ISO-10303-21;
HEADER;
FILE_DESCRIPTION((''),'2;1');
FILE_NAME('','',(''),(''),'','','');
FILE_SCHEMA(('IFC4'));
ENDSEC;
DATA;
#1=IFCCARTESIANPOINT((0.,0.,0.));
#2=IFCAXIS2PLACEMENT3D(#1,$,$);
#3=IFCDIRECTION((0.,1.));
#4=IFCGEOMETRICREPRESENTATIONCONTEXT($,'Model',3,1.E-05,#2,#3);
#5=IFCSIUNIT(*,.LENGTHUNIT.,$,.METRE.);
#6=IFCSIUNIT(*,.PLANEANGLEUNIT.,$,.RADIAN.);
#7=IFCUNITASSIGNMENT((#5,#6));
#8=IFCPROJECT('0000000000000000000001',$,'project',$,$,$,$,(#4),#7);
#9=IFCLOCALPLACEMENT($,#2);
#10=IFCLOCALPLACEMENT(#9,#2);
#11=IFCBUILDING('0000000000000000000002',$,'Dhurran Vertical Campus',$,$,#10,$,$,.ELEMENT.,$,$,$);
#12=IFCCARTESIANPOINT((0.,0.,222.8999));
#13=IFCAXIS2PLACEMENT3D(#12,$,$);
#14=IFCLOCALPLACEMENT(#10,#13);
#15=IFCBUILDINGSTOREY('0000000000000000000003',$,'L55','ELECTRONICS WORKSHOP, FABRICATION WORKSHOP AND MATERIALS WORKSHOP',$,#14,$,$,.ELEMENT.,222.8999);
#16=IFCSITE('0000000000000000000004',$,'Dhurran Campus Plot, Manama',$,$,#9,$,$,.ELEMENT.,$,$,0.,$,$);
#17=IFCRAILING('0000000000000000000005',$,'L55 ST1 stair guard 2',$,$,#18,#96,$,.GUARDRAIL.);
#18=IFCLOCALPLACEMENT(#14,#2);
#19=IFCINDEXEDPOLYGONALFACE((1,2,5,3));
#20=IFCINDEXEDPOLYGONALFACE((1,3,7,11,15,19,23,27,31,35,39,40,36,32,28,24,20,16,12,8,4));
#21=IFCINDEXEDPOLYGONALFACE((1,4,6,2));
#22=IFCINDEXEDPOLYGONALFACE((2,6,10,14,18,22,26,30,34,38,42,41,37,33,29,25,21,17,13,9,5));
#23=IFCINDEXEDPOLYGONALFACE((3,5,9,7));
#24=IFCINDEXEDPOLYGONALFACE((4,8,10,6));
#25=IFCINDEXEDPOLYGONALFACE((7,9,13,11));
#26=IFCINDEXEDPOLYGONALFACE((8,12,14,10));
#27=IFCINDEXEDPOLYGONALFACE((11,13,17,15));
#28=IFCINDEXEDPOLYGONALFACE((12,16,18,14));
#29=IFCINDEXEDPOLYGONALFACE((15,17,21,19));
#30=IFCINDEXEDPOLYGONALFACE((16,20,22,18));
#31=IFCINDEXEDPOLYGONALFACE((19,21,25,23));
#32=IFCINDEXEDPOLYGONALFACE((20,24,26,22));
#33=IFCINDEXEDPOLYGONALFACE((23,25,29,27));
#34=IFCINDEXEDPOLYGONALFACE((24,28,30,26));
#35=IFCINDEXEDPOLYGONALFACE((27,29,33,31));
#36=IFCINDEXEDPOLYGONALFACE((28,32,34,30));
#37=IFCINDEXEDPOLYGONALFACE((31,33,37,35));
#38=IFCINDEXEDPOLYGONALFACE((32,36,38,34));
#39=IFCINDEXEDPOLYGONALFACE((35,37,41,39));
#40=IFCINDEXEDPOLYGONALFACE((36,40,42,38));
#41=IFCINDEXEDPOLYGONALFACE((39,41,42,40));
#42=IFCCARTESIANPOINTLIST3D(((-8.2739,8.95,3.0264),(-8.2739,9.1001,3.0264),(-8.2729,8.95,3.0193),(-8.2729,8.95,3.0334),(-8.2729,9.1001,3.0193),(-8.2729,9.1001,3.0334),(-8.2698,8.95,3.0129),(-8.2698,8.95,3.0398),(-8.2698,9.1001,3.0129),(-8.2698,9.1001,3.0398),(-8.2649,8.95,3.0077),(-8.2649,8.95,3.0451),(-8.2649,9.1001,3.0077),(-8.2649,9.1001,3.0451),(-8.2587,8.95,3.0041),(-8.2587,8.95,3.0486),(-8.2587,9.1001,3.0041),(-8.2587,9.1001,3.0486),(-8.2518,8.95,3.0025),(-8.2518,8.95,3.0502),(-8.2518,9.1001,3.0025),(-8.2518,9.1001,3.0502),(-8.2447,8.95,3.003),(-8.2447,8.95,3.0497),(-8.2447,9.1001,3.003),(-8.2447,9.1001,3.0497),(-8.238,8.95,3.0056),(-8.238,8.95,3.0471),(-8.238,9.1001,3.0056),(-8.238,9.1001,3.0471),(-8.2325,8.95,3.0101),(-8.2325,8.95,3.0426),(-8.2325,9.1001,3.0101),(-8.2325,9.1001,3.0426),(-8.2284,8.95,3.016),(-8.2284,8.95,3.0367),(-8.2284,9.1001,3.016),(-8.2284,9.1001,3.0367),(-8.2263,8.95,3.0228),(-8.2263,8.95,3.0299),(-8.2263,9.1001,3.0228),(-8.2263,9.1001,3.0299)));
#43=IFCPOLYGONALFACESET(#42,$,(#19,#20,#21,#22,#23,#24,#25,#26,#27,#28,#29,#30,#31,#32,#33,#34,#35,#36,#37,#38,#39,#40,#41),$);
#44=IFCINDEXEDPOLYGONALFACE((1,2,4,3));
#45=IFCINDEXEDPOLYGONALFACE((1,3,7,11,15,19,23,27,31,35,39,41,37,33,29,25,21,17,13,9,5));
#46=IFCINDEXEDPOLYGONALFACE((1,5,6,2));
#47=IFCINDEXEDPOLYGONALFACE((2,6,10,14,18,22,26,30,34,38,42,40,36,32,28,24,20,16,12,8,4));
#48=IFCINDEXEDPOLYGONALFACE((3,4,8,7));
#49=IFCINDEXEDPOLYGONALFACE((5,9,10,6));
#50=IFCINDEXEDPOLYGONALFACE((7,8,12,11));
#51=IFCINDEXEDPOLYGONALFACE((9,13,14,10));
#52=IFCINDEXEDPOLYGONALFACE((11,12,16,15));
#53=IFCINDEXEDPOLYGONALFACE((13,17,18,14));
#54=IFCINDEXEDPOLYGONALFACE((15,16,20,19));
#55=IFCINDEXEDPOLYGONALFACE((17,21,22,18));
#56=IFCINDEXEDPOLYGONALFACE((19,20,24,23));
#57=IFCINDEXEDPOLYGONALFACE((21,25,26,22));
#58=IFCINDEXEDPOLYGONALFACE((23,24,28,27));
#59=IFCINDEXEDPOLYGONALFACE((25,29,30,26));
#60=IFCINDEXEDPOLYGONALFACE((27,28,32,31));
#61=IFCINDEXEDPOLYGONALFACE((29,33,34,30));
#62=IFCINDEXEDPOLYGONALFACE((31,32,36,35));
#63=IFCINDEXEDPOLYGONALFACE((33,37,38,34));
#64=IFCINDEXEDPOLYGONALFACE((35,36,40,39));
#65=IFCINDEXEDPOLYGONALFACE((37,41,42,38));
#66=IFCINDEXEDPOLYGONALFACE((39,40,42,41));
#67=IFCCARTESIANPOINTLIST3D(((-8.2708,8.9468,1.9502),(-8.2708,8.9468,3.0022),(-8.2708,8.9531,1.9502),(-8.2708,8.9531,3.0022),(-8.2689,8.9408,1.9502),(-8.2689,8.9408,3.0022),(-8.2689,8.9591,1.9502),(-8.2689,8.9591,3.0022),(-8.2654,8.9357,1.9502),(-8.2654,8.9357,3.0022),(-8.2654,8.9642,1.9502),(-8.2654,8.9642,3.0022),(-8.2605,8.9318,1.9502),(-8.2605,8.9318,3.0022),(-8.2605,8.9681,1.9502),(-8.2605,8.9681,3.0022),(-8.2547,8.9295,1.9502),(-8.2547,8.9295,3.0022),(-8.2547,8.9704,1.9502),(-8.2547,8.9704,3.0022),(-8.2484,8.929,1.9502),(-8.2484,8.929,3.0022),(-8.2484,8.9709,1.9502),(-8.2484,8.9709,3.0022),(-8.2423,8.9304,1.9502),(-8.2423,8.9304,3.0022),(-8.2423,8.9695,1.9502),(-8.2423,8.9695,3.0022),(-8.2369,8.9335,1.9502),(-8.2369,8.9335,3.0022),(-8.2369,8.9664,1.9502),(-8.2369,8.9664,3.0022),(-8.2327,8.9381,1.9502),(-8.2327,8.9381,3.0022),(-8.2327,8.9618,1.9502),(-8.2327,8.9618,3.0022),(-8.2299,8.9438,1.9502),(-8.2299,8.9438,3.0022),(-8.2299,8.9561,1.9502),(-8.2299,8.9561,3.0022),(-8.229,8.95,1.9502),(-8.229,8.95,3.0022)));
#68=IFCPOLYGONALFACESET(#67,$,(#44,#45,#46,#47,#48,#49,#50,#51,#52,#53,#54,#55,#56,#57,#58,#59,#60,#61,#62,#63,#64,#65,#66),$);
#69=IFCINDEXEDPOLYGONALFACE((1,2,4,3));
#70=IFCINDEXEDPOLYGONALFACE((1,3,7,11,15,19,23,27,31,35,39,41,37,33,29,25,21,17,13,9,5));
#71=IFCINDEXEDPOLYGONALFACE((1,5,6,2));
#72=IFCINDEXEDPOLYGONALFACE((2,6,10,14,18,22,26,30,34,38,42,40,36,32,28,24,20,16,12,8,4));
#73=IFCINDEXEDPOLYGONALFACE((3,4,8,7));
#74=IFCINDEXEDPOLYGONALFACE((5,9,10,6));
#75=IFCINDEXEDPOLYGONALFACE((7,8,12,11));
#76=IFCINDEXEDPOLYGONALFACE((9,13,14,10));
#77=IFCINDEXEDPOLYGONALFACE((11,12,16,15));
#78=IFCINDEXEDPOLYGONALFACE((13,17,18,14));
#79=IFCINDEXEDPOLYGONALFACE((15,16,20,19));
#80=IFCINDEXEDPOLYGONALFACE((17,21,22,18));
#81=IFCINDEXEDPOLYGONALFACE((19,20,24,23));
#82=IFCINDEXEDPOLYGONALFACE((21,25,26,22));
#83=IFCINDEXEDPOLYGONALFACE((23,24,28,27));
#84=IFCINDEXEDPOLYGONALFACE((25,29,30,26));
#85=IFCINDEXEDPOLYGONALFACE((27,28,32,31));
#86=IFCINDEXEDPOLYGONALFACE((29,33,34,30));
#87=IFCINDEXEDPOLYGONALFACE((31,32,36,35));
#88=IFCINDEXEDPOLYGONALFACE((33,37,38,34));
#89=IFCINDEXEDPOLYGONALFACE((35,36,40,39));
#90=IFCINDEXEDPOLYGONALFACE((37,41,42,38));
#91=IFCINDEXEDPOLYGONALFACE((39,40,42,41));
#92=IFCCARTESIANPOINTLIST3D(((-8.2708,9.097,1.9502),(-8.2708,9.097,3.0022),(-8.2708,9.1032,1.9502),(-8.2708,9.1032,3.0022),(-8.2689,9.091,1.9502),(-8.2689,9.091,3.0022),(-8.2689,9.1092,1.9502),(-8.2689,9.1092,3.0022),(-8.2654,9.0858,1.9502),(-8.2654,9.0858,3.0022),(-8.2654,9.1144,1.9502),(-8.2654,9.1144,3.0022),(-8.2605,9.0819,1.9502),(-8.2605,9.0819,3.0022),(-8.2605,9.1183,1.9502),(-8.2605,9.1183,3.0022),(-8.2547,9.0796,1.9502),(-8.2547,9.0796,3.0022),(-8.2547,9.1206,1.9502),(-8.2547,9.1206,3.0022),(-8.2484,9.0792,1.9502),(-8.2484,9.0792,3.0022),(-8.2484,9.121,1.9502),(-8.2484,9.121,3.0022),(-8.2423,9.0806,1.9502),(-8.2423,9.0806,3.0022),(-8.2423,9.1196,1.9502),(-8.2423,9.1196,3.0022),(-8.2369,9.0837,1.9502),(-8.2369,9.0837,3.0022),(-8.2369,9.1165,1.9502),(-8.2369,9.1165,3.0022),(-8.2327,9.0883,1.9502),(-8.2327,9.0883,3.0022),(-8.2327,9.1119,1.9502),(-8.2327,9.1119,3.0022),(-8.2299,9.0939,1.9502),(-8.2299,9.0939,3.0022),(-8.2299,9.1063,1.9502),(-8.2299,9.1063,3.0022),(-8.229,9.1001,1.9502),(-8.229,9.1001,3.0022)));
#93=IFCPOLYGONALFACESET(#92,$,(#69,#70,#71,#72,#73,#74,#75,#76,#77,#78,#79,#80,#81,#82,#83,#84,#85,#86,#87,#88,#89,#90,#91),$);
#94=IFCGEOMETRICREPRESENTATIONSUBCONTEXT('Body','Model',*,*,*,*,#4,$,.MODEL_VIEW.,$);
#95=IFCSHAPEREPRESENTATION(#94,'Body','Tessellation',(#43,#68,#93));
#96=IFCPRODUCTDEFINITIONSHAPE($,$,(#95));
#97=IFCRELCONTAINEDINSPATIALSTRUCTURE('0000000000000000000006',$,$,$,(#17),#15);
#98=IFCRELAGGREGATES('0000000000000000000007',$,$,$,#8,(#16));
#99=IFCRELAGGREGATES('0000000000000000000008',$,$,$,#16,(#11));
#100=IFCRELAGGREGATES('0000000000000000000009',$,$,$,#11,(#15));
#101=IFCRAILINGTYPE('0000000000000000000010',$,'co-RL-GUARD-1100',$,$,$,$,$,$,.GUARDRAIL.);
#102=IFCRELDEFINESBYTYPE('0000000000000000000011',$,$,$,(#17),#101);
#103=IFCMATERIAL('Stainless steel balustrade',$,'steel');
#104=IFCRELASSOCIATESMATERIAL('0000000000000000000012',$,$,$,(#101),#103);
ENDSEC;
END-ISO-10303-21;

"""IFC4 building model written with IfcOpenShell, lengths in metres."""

from ifc_helpers import new_model, si_unit, direction, frame, origin, origin_2d, place, context, subcontext, project, spatial, circle, extrude, material, type_object, element, save


model = new_model("IFC4")

# Units and contexts
model_context = context("Model", 3, precision=1e-05, world=origin(), true_north=direction((0.0, 1.0)))
body_context = subcontext(model_context, "Body", "Model", "MODEL_VIEW")
ifc_project = project(units=[si_unit("LENGTHUNIT", "METRE"), si_unit("PLANEANGLEUNIT", "RADIAN")], contexts=[model_context])

# Site, building, storey
site_placement = place(None, origin())
site = spatial("IfcSite", under=ifc_project, at=site_placement, Name="Dhurran Campus Plot, Manama", CompositionType="ELEMENT", RefElevation=0.0)
building_placement = place(site_placement, origin())
building = spatial("IfcBuilding", under=site, at=building_placement, Name="Dhurran Vertical Campus", CompositionType="ELEMENT")
storey_placement = place(building_placement, frame((0.0, 0.0, 222.8999)))
storey = spatial("IfcBuildingStorey", under=building, at=storey_placement, Name="L55", Description="ELECTRONICS WORKSHOP, FABRICATION WORKSHOP AND MATERIALS WORKSHOP", CompositionType="ELEMENT", Elevation=222.8999)

# Railing
ifc_material_1 = material(Name="Stainless steel balustrade", Category="steel")
railing_type_1 = type_object("IfcRailingType", Name="co-RL-GUARD-1100", PredefinedType="GUARDRAIL", material=ifc_material_1)
railing_1_placement = place(storey_placement, frame((-8.25, 8.95, 1.9502)))
element("IfcRailing", 1, at=railing_1_placement, inside=storey, type_object=railing_type_1, Name="L55 ST1 stair guard 2", PredefinedType="GUARDRAIL", context=body_context, shape_type="SweptSolid", body=[
    extrude(circle(Radius=0.0239, at=origin_2d()), frame((0.0, 0.0, 1.0762), z_axis=(0.0, 1.0, 0.0), x_axis=(-1.0, 0.0, 0.0)), (0.0, 0.0, 1.0), 0.1501),
    extrude(circle(Radius=0.021, at=origin_2d()), origin(), (0.0, 0.0, 1.0), 1.052),
    extrude(circle(Radius=0.021, at=origin_2d()), frame((0.0, 0.1501, 0.0)), (0.0, 0.0, 1.0), 1.052),
])

save(model, "model.ifc")
